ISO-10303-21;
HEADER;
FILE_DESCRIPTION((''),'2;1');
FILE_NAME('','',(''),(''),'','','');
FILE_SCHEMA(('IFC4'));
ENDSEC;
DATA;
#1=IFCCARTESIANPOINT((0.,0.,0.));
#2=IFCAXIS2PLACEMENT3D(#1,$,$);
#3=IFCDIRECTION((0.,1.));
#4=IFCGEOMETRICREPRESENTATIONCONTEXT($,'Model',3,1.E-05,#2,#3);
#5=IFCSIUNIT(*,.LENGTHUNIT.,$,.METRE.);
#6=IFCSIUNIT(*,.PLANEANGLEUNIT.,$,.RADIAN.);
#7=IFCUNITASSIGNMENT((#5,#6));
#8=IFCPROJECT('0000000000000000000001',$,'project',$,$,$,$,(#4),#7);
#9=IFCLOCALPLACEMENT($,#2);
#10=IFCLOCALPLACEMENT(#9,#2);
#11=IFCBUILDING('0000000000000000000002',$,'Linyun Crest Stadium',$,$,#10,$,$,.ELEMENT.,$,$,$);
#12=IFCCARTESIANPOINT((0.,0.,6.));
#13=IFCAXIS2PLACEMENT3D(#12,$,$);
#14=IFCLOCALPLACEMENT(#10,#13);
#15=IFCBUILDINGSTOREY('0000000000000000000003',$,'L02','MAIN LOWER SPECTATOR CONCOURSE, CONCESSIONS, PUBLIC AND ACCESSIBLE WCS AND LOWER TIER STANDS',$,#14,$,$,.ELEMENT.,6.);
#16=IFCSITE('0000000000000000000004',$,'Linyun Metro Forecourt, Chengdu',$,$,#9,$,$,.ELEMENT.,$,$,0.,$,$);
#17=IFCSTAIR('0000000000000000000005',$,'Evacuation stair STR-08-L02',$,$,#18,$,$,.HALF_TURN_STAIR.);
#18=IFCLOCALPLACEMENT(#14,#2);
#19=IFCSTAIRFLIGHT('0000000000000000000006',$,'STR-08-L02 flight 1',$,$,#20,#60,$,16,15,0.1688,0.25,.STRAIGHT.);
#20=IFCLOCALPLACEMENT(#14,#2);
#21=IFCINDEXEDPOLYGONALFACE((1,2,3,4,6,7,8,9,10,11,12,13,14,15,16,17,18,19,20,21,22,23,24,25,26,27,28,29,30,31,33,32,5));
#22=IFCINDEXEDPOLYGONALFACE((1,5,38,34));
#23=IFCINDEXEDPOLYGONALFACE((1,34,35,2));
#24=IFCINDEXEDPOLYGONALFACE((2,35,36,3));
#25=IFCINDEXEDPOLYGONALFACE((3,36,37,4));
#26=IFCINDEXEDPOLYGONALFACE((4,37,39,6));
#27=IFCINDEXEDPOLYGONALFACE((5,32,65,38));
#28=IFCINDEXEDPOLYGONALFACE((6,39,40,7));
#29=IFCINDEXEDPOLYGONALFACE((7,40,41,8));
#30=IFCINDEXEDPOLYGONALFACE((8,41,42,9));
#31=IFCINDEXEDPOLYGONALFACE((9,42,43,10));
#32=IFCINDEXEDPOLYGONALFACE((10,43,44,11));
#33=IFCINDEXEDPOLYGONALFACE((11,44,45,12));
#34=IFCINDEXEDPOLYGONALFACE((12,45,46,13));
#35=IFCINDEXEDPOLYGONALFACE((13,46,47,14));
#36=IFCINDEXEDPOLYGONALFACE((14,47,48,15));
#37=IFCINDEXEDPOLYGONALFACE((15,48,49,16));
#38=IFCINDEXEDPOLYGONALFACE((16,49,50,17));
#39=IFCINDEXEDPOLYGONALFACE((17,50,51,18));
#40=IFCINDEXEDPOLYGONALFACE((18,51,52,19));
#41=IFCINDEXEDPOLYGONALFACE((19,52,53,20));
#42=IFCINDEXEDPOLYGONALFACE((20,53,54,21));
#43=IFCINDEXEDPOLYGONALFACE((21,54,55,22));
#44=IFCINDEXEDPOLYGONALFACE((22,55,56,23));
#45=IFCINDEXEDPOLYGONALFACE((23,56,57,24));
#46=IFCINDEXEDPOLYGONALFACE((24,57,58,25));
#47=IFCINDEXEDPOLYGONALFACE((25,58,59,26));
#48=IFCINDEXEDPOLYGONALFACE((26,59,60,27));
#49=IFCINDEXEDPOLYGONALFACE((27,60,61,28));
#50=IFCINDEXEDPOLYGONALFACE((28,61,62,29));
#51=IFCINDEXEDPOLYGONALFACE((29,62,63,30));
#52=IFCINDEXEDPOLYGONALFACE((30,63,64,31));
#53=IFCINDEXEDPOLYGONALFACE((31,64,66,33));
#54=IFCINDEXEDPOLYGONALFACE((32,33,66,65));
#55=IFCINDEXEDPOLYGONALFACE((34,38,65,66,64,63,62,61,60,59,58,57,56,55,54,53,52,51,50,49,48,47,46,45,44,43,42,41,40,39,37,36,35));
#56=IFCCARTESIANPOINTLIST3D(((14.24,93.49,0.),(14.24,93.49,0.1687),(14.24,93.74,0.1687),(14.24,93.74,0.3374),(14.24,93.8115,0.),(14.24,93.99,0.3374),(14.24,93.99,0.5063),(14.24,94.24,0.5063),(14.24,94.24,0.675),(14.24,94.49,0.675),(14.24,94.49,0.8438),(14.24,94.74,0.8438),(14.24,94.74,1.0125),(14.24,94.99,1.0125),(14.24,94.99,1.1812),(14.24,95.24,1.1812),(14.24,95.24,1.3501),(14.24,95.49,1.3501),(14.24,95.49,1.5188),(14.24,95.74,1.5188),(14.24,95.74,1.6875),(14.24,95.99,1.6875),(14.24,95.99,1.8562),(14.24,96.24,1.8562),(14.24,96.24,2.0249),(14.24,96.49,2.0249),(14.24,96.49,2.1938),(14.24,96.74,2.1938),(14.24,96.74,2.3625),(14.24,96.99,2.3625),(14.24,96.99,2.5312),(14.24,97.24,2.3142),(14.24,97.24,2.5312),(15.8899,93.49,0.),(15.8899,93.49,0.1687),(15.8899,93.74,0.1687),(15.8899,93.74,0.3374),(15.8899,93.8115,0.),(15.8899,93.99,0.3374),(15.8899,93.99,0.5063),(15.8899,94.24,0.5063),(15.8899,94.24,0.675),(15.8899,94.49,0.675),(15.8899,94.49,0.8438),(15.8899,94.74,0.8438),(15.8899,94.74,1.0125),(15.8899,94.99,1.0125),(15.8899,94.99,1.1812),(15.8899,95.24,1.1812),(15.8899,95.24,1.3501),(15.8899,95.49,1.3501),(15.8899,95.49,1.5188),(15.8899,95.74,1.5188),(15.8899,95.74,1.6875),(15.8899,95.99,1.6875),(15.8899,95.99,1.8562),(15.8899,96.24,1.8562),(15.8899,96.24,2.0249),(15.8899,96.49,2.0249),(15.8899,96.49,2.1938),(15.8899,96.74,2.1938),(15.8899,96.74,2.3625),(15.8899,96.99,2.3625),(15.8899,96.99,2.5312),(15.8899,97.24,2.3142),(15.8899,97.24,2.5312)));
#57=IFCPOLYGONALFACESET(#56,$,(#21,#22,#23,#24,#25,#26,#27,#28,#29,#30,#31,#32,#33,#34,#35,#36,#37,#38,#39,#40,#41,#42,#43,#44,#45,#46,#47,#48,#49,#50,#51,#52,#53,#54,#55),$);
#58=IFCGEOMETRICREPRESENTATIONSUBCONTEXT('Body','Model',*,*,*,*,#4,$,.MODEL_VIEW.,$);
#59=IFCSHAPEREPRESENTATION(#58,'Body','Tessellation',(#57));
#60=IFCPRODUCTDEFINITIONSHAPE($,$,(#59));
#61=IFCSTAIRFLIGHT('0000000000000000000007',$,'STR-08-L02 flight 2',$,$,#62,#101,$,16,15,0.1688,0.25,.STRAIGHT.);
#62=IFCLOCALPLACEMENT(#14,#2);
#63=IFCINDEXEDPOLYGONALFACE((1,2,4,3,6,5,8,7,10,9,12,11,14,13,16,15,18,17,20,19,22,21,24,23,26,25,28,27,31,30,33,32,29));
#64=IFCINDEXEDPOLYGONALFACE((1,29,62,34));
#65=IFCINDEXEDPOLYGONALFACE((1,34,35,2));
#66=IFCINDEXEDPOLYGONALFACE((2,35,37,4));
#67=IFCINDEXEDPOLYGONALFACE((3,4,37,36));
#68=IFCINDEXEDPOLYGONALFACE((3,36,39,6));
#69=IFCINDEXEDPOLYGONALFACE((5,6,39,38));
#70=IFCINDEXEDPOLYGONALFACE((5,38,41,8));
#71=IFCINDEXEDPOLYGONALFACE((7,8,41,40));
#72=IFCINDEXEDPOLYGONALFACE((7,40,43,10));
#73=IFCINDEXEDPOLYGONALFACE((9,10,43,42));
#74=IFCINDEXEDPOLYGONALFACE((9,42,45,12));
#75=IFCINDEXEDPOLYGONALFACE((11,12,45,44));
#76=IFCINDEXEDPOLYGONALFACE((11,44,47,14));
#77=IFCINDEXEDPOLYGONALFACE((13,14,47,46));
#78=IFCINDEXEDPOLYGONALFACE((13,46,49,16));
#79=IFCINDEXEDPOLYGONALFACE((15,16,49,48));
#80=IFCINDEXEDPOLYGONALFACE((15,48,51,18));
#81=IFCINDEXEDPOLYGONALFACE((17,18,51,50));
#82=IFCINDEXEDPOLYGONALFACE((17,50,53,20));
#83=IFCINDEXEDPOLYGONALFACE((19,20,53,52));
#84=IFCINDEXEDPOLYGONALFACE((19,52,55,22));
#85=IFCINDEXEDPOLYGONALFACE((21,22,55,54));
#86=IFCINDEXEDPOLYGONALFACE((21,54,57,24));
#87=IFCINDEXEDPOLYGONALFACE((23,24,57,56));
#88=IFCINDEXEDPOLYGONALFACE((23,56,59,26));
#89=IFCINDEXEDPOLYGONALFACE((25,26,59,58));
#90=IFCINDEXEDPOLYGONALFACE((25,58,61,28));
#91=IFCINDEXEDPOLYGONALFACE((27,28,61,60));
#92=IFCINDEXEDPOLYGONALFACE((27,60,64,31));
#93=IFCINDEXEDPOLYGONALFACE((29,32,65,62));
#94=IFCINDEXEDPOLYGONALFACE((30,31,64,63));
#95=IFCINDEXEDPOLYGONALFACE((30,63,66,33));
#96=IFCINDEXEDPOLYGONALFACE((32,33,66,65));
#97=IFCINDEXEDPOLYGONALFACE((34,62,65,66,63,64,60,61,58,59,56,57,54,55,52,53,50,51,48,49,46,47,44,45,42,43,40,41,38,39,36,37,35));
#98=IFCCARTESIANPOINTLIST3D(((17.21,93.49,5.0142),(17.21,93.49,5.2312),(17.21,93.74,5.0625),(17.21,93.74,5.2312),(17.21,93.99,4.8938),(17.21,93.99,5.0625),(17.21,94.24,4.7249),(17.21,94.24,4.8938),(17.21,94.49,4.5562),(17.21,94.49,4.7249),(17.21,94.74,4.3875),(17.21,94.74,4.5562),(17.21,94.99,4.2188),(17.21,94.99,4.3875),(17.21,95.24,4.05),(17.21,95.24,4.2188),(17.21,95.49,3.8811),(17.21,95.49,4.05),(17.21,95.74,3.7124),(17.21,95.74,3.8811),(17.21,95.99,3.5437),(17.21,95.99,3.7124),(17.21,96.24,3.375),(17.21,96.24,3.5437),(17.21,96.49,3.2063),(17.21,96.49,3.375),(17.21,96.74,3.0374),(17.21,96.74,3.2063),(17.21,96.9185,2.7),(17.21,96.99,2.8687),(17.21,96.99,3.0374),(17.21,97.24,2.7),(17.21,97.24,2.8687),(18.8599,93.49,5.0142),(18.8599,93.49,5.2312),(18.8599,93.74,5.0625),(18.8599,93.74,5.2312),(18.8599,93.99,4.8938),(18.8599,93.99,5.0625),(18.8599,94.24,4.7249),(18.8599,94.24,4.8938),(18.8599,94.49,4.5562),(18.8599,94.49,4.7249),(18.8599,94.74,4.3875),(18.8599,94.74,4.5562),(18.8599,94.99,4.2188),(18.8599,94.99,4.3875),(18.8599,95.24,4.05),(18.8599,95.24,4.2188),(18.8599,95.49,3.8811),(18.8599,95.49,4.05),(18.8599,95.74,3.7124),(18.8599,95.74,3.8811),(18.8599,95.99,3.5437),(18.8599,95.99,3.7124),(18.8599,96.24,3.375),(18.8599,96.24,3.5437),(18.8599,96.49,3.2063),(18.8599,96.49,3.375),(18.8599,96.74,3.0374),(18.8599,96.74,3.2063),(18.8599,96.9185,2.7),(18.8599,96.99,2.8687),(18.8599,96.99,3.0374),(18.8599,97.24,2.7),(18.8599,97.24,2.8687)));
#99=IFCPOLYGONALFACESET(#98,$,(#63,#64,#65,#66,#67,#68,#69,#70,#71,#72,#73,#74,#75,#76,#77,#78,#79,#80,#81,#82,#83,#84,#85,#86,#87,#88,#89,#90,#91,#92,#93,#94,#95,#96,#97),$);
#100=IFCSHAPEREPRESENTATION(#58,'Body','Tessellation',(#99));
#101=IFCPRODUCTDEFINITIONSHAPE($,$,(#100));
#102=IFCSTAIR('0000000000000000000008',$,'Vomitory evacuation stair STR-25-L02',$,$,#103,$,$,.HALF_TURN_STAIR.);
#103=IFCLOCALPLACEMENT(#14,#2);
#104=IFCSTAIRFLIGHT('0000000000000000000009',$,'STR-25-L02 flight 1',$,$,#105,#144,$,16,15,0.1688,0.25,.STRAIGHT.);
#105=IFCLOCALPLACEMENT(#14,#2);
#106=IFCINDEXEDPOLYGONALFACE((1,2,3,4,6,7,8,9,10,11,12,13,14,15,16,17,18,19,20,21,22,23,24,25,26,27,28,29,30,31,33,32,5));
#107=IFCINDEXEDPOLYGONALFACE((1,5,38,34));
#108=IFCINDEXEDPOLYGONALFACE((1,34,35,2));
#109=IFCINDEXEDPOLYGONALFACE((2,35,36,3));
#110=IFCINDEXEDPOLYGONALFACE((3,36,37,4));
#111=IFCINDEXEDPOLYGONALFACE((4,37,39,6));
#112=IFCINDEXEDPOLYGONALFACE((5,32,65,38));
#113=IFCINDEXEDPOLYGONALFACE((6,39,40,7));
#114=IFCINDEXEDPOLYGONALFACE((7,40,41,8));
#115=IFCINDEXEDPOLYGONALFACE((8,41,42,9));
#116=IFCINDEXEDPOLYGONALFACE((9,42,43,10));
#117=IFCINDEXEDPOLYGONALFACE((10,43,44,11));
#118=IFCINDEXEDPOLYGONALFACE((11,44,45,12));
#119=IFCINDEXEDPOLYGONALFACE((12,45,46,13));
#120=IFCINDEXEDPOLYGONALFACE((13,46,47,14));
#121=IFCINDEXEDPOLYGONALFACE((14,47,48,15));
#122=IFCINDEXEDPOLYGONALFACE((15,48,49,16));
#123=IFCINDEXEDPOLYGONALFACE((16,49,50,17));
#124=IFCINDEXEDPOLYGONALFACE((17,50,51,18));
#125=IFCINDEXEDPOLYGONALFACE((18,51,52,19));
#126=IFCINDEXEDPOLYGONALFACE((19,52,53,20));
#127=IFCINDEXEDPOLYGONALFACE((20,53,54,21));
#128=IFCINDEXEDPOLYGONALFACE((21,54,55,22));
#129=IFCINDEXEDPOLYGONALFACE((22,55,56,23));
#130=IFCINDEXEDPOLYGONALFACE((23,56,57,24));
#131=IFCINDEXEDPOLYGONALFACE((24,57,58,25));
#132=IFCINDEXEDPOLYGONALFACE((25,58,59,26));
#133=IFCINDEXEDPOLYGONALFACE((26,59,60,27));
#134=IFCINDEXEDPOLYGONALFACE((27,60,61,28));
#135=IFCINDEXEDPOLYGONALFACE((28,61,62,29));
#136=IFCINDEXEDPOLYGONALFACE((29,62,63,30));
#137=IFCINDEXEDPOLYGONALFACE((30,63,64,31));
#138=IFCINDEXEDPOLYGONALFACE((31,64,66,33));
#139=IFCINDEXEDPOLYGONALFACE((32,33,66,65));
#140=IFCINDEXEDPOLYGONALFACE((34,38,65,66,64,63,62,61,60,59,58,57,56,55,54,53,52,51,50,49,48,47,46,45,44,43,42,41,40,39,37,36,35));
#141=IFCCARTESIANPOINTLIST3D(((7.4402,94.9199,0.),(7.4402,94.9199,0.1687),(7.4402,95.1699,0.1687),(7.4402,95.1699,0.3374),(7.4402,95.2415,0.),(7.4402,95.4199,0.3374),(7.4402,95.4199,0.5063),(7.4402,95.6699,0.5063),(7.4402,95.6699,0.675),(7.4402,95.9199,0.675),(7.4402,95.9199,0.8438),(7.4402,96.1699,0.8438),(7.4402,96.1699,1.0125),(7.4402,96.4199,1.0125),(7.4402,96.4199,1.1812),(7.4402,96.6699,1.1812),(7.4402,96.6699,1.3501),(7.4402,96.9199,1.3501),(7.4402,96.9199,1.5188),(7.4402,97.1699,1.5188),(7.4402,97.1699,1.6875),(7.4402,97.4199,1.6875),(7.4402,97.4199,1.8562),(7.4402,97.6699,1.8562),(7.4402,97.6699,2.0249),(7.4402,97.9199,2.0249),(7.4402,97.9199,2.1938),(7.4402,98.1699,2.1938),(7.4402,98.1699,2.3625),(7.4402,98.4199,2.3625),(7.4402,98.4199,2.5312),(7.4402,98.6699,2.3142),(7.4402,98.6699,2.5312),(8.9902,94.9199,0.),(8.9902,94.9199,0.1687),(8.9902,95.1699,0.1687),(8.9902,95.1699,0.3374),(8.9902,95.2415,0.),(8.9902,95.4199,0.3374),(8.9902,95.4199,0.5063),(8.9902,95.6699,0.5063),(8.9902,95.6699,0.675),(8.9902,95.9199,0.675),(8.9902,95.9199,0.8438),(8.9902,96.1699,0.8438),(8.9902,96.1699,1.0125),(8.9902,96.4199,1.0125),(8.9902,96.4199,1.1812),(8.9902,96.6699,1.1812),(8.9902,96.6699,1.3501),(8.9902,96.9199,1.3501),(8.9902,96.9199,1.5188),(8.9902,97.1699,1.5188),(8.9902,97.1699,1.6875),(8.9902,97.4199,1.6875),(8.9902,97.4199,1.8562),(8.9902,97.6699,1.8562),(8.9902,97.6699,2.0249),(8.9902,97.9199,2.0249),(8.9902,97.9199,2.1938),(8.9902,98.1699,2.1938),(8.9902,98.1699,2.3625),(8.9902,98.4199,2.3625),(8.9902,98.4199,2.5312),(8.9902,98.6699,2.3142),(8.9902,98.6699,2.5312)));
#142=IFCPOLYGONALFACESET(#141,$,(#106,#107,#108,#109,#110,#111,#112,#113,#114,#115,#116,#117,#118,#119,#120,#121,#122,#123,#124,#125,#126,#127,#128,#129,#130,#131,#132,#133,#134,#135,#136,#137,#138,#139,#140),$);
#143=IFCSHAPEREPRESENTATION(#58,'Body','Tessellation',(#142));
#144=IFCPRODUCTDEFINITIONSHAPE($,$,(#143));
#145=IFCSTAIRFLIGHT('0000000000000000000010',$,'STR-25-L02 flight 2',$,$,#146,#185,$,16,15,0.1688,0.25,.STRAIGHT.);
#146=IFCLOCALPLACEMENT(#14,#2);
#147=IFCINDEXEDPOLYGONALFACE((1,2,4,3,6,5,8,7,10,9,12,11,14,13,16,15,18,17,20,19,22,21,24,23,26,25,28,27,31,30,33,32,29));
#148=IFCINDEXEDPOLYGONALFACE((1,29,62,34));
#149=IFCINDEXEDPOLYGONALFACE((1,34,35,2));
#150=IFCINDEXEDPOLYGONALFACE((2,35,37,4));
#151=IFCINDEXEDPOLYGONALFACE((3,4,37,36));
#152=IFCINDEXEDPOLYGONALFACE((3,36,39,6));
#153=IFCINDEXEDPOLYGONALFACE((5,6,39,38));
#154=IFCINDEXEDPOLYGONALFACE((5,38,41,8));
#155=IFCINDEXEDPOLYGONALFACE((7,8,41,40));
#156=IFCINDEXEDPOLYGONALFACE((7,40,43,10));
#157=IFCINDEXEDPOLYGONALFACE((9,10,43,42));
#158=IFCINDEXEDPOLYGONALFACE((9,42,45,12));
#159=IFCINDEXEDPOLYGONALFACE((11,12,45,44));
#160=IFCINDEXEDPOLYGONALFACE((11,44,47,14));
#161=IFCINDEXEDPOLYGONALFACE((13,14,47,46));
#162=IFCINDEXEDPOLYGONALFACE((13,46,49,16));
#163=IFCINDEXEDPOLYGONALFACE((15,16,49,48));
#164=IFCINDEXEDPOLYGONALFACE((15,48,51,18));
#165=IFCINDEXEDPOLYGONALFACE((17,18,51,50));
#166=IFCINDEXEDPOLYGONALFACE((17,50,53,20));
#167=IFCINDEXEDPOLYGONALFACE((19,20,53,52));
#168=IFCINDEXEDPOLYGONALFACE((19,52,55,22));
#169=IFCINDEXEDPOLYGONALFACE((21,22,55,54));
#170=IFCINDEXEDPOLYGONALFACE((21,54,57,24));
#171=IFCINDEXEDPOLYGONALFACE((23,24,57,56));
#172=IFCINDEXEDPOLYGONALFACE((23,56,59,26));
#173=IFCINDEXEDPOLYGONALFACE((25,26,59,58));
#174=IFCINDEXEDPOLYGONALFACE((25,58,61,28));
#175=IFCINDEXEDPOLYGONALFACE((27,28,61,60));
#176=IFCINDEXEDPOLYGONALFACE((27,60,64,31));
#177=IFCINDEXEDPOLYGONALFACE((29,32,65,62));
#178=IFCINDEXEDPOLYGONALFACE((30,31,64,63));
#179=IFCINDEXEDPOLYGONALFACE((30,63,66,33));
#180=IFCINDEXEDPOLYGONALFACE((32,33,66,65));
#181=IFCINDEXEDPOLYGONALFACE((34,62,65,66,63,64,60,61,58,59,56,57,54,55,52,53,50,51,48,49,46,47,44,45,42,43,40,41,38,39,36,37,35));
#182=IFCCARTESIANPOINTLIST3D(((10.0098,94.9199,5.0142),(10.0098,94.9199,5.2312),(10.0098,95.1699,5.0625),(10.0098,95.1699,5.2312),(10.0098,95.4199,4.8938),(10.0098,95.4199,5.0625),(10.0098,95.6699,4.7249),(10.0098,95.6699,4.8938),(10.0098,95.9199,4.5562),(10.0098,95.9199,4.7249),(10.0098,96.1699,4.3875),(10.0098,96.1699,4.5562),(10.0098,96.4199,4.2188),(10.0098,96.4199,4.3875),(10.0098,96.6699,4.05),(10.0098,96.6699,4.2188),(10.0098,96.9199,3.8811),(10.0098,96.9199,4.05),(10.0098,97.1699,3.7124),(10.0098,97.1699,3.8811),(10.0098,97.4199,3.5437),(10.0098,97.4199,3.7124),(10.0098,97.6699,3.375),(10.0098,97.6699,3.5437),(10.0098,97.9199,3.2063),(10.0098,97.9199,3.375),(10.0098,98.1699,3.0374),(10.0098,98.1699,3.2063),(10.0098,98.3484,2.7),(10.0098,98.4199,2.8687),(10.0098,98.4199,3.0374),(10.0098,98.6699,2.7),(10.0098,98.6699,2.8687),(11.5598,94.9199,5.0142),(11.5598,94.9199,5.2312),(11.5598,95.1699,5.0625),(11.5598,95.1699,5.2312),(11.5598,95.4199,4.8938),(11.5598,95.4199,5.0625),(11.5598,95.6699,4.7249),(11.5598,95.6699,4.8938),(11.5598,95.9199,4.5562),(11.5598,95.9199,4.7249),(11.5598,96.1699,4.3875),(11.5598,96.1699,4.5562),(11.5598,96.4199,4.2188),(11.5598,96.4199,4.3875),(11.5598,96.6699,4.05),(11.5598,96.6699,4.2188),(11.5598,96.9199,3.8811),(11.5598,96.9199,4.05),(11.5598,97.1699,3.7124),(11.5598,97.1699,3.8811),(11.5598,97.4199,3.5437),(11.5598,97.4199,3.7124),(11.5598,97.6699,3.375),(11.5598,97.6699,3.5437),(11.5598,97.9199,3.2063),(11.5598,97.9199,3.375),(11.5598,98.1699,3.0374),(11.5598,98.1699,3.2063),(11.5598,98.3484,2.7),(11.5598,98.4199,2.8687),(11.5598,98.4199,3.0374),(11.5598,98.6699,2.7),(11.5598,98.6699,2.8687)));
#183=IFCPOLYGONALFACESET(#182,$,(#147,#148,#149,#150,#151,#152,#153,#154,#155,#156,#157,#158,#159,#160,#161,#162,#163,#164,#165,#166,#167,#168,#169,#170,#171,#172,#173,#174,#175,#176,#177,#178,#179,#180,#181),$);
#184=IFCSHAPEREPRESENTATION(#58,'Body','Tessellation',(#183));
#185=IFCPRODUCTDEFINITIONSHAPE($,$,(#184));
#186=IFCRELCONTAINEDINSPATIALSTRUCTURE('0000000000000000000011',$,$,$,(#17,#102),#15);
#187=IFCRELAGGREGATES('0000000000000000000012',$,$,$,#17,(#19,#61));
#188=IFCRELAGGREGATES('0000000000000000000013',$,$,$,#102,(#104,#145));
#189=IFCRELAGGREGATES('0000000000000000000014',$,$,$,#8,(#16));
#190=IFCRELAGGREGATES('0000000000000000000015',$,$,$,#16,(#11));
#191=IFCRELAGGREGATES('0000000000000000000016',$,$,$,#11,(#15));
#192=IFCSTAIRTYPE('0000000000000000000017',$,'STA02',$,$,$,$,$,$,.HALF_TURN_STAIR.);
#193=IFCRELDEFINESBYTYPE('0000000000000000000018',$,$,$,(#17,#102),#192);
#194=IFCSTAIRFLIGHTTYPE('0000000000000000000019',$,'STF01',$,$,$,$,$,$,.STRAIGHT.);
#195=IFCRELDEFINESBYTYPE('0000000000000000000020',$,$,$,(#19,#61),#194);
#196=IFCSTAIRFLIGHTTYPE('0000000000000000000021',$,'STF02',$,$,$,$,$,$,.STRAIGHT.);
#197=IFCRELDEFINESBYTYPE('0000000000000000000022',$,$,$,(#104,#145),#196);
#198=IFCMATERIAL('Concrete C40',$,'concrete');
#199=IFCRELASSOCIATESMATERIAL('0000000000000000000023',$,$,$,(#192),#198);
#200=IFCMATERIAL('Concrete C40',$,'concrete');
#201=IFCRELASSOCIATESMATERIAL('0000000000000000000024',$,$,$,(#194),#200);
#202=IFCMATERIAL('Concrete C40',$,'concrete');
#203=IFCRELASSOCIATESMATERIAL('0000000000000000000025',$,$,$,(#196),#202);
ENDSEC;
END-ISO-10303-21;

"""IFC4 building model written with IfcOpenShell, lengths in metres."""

from ifc_helpers import new_model, si_unit, direction, frame, origin, place, context, subcontext, project, spatial, polyline, outline, extrude, material, type_object, element, aggregate, save


model = new_model("IFC4")

# Units and contexts
model_context = context("Model", 3, precision=1e-05, world=origin(), true_north=direction((0.0, 1.0)))
body_context = subcontext(model_context, "Body", "Model", "MODEL_VIEW")
ifc_project = project(units=[si_unit("LENGTHUNIT", "METRE"), si_unit("PLANEANGLEUNIT", "RADIAN")], contexts=[model_context])

# Site, building, storey
site_placement = place(None, origin())
site = spatial("IfcSite", under=ifc_project, at=site_placement, Name="Linyun Metro Forecourt, Chengdu", CompositionType="ELEMENT", RefElevation=0.0)
building_placement = place(site_placement, origin())
building = spatial("IfcBuilding", under=site, at=building_placement, Name="Linyun Crest Stadium", CompositionType="ELEMENT")
storey_placement = place(building_placement, frame((0.0, 0.0, 6.0)))
storey = spatial("IfcBuildingStorey", under=building, at=storey_placement, Name="L02", Description="MAIN LOWER SPECTATOR CONCOURSE, CONCESSIONS, PUBLIC AND ACCESSIBLE WCS AND LOWER TIER STANDS", CompositionType="ELEMENT", Elevation=6.0)

# Stairs, stair flights
ifc_material_1 = material(Name="Concrete C40", Category="concrete")
stair_type = type_object("IfcStairType", Name="STA02", PredefinedType="HALF_TURN_STAIR", material=ifc_material_1)
stair_1_placement = place(storey_placement, origin())
stair_1 = element("IfcStair", 1, at=stair_1_placement, inside=storey, type_object=stair_type, Name="Evacuation stair STR-08-L02", PredefinedType="HALF_TURN_STAIR")
ifc_material_2 = material(Name="Concrete C40", Category="concrete")
stair_flight_type_1 = type_object("IfcStairFlightType", Name="STF01", PredefinedType="STRAIGHT", material=ifc_material_2)
stair_flight_1_placement = place(storey_placement, frame((15.0649, 93.49, 0.0), z_axis=(0.0, 0.0, 1.0), x_axis=(0.0, 1.0, 0.0)))
stair_flight_1 = element("IfcStairFlight", 2, at=stair_flight_1_placement, type_object=stair_flight_type_1, Name="STR-08-L02 flight 1", NumberOfRisers=16, NumberOfTreads=15, PredefinedType="STRAIGHT", RiserHeight=0.1688, TreadLength=0.25, context=body_context, shape_type="SweptSolid", body=[
    extrude(outline(polyline([(0.0, 0.0), (0.0, 0.1687), (0.25, 0.1687), (0.25, 0.3374), (0.5, 0.3374), (0.5, 0.5063), (0.75, 0.5063), (0.75, 0.675), (1.0, 0.675), (1.0, 0.8438), (1.25, 0.8438), (1.25, 1.0125), (1.5, 1.0125), (1.5, 1.1812), (1.75, 1.1812), (1.75, 1.3501), (2.0, 1.3501), (2.0, 1.5188), (2.25, 1.5188), (2.25, 1.6875), (2.5, 1.6875), (2.5, 1.8562), (2.75, 1.8562), (2.75, 2.0249), (3.0, 2.0249), (3.0, 2.1938), (3.25, 2.1938), (3.25, 2.3625), (3.5, 2.3625), (3.5, 2.5312), (3.75, 2.5312), (3.75, 2.7), (3.75, 2.3142), (0.3215, 0.0), (0.0, 0.0)])), frame((0.0, 0.825, 0.0), z_axis=(0.0, -1.0, 0.0), x_axis=(1.0, 0.0, 0.0)), (0.0, 0.0, 1.0), 1.6499),
])
stair_flight_2_placement = place(storey_placement, frame((18.0349, 97.24, 2.7), z_axis=(0.0, 0.0, 1.0), x_axis=(0.0, -1.0, 0.0)))
stair_flight_2 = element("IfcStairFlight", 3, at=stair_flight_2_placement, type_object=stair_flight_type_1, Name="STR-08-L02 flight 2", NumberOfRisers=16, NumberOfTreads=15, PredefinedType="STRAIGHT", RiserHeight=0.1688, TreadLength=0.25, context=body_context, shape_type="SweptSolid", body=[
    extrude(outline(polyline([(0.0, 0.0), (0.0, 0.1687), (0.25, 0.1687), (0.25, 0.3374), (0.5, 0.3374), (0.5, 0.5063), (0.75, 0.5063), (0.75, 0.675), (1.0, 0.675), (1.0, 0.8438), (1.25, 0.8438), (1.25, 1.0125), (1.5, 1.0125), (1.5, 1.1812), (1.75, 1.1812), (1.75, 1.3501), (2.0, 1.3501), (2.0, 1.5188), (2.25, 1.5188), (2.25, 1.6875), (2.5, 1.6875), (2.5, 1.8562), (2.75, 1.8562), (2.75, 2.0249), (3.0, 2.0249), (3.0, 2.1938), (3.25, 2.1938), (3.25, 2.3625), (3.5, 2.3625), (3.5, 2.5312), (3.75, 2.5312), (3.75, 2.7), (3.75, 2.3142), (0.3215, 0.0), (0.0, 0.0)])), frame((0.0, 0.825, 0.0), z_axis=(0.0, -1.0, 0.0), x_axis=(1.0, 0.0, 0.0)), (0.0, 0.0, 1.0), 1.6499),
])
aggregate(stair_1, [stair_flight_1, stair_flight_2])
stair_2_placement = place(storey_placement, origin())
stair_2 = element("IfcStair", 4, at=stair_2_placement, inside=storey, type_object=stair_type, Name="Vomitory evacuation stair STR-25-L02", PredefinedType="HALF_TURN_STAIR")
ifc_material_3 = material(Name="Concrete C40", Category="concrete")
stair_flight_type_2 = type_object("IfcStairFlightType", Name="STF02", PredefinedType="STRAIGHT", material=ifc_material_3)
stair_flight_3_placement = place(storey_placement, frame((8.2151, 94.9199, 0.0), z_axis=(0.0, 0.0, 1.0), x_axis=(0.0, 1.0, 0.0)))
stair_flight_3 = element("IfcStairFlight", 5, at=stair_flight_3_placement, type_object=stair_flight_type_2, Name="STR-25-L02 flight 1", NumberOfRisers=16, NumberOfTreads=15, PredefinedType="STRAIGHT", RiserHeight=0.1688, TreadLength=0.25, context=body_context, shape_type="SweptSolid", body=[
    extrude(outline(polyline([(0.0, 0.0), (0.0, 0.1687), (0.25, 0.1687), (0.25, 0.3374), (0.5, 0.3374), (0.5, 0.5063), (0.75, 0.5063), (0.75, 0.675), (1.0, 0.675), (1.0, 0.8438), (1.25, 0.8438), (1.25, 1.0125), (1.5, 1.0125), (1.5, 1.1812), (1.75, 1.1812), (1.75, 1.3501), (2.0, 1.3501), (2.0, 1.5188), (2.25, 1.5188), (2.25, 1.6875), (2.5, 1.6875), (2.5, 1.8562), (2.75, 1.8562), (2.75, 2.0249), (3.0, 2.0249), (3.0, 2.1938), (3.25, 2.1938), (3.25, 2.3625), (3.5, 2.3625), (3.5, 2.5312), (3.75, 2.5312), (3.75, 2.7), (3.75, 2.3142), (0.3215, 0.0), (0.0, 0.0)])), frame((0.0, 0.7749, 0.0), z_axis=(0.0, -1.0, 0.0), x_axis=(1.0, 0.0, 0.0)), (0.0, 0.0, 1.0), 1.55),
])
stair_flight_4_placement = place(storey_placement, frame((10.7849, 98.6699, 2.7), z_axis=(0.0, 0.0, 1.0), x_axis=(0.0, -1.0, 0.0)))
stair_flight_4 = element("IfcStairFlight", 6, at=stair_flight_4_placement, type_object=stair_flight_type_2, Name="STR-25-L02 flight 2", NumberOfRisers=16, NumberOfTreads=15, PredefinedType="STRAIGHT", RiserHeight=0.1688, TreadLength=0.25, context=body_context, shape_type="SweptSolid", body=[
    extrude(outline(polyline([(0.0, 0.0), (0.0, 0.1687), (0.25, 0.1687), (0.25, 0.3374), (0.5, 0.3374), (0.5, 0.5063), (0.75, 0.5063), (0.75, 0.675), (1.0, 0.675), (1.0, 0.8438), (1.25, 0.8438), (1.25, 1.0125), (1.5, 1.0125), (1.5, 1.1812), (1.75, 1.1812), (1.75, 1.3501), (2.0, 1.3501), (2.0, 1.5188), (2.25, 1.5188), (2.25, 1.6875), (2.5, 1.6875), (2.5, 1.8562), (2.75, 1.8562), (2.75, 2.0249), (3.0, 2.0249), (3.0, 2.1938), (3.25, 2.1938), (3.25, 2.3625), (3.5, 2.3625), (3.5, 2.5312), (3.75, 2.5312), (3.75, 2.7), (3.75, 2.3142), (0.3215, 0.0), (0.0, 0.0)])), frame((0.0, 0.7749, 0.0), z_axis=(0.0, -1.0, 0.0), x_axis=(1.0, 0.0, 0.0)), (0.0, 0.0, 1.0), 1.55),
])
aggregate(stair_2, [stair_flight_3, stair_flight_4])

save(model, "model.ifc")
